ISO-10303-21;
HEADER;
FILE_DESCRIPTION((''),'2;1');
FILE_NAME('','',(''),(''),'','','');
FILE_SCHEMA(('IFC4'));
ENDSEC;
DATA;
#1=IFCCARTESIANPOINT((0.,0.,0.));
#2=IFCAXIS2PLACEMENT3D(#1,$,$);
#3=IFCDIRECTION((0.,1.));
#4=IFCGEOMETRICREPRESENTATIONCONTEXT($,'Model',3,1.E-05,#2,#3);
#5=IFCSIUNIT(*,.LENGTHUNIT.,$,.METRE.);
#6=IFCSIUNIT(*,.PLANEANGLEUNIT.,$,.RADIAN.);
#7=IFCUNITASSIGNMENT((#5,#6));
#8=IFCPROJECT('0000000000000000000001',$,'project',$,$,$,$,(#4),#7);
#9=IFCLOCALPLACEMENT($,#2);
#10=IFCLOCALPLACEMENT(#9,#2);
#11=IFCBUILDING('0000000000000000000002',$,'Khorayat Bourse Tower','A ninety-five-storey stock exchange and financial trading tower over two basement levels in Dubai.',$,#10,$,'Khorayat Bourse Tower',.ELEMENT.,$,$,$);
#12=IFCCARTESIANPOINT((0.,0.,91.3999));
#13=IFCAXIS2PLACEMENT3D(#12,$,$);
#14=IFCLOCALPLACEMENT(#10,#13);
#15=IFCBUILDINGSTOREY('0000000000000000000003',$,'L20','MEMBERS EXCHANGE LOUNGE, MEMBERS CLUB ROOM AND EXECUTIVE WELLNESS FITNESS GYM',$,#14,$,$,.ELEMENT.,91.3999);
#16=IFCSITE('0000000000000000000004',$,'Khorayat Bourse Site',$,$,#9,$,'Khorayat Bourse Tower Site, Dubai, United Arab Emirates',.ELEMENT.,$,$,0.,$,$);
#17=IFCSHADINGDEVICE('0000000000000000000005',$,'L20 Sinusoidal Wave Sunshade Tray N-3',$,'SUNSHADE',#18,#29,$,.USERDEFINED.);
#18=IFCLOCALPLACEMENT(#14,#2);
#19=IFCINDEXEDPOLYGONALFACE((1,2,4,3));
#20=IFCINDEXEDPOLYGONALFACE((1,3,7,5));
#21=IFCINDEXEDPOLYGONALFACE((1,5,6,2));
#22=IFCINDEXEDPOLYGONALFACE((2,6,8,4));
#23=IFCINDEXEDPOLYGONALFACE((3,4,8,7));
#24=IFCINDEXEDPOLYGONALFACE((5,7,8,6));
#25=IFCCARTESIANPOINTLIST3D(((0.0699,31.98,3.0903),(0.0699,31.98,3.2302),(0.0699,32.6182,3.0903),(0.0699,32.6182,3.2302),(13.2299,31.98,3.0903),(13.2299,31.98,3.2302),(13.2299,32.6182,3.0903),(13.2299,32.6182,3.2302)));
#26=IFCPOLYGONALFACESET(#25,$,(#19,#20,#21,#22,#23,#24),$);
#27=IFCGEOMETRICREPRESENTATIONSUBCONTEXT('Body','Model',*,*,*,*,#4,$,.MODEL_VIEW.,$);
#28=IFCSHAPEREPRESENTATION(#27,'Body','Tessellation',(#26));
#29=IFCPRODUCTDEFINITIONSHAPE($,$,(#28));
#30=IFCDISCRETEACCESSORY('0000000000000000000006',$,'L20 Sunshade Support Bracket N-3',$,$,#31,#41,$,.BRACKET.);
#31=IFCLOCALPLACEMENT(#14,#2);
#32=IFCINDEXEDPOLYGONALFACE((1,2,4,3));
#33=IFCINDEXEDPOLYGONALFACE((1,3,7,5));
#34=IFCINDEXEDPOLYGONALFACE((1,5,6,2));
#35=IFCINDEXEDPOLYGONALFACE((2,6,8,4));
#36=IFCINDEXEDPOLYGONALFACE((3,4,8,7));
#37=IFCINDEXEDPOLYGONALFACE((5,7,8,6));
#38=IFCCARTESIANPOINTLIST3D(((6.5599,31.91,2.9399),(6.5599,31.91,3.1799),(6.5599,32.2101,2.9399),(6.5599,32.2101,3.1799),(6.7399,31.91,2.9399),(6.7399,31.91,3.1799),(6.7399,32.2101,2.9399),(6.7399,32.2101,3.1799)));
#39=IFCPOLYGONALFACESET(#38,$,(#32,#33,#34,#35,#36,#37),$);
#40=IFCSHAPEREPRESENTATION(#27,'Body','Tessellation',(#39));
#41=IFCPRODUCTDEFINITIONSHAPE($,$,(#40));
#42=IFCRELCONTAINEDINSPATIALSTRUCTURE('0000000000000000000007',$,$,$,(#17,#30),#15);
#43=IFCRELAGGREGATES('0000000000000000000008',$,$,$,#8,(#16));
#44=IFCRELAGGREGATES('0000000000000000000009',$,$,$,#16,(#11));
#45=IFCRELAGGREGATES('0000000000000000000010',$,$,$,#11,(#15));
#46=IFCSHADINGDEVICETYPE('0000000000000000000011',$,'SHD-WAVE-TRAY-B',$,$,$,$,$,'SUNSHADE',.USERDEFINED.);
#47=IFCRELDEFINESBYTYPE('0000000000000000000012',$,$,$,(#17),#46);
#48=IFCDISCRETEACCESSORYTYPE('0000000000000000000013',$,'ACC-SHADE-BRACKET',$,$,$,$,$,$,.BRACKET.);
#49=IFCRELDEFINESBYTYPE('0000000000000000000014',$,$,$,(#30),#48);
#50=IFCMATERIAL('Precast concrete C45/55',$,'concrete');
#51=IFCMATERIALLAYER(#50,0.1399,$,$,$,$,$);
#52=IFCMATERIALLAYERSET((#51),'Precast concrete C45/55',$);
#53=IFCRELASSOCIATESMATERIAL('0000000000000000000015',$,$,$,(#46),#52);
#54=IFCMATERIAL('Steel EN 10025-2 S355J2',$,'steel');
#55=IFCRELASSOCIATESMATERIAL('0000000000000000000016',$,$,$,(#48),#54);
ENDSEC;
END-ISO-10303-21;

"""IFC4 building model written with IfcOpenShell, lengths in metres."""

from ifc_helpers import new_model, si_unit, direction, frame, origin, origin_2d, place, context, subcontext, project, spatial, rectangle, extrude, source, transform, mapped, material, layer, layer_set, type_object, element, save


model = new_model("IFC4")

# Units and contexts
model_context = context("Model", 3, precision=1e-05, world=origin(), true_north=direction((0.0, 1.0)))
body_context = subcontext(model_context, "Body", "Model", "MODEL_VIEW")
ifc_project = project(units=[si_unit("LENGTHUNIT", "METRE"), si_unit("PLANEANGLEUNIT", "RADIAN")], contexts=[model_context])

# Site, building, storey
site_placement = place(None, origin())
site = spatial("IfcSite", under=ifc_project, at=site_placement, Name="Khorayat Bourse Site", LongName="Khorayat Bourse Tower Site, Dubai, United Arab Emirates", CompositionType="ELEMENT", RefElevation=0.0)
building_placement = place(site_placement, origin())
building = spatial("IfcBuilding", under=site, at=building_placement, Name="Khorayat Bourse Tower", Description="A ninety-five-storey stock exchange and financial trading tower over two basement levels in Dubai.", LongName="Khorayat Bourse Tower", CompositionType="ELEMENT")
storey_placement = place(building_placement, frame((0.0, 0.0, 91.3999)))
storey = spatial("IfcBuildingStorey", under=building, at=storey_placement, Name="L20", Description="MEMBERS EXCHANGE LOUNGE, MEMBERS CLUB ROOM AND EXECUTIVE WELLNESS FITNESS GYM", CompositionType="ELEMENT", Elevation=91.3999)

# Shared definitions
ifc_material_1 = material(Name="Steel EN 10025-2 S355J2", Category="steel")

# Shading device
ifc_material_2 = material(Name="Precast concrete C45/55", Category="concrete")
ifc_layer_1 = layer(ifc_material_2, 0.1399)
ifc_layer_set_1 = layer_set([ifc_layer_1], Name="Precast concrete C45/55")
shading_device_type = type_object("IfcShadingDeviceType", Name="SHD-WAVE-TRAY-B", ElementType="SUNSHADE", PredefinedType="USERDEFINED", material=ifc_layer_set_1)
shared_shape_1 = source(origin(), body_context, "Body", "SweptSolid", [
    extrude(rectangle(XDim=13.1599, YDim=0.6382, at=origin_2d()), origin(), (0.0, 0.0, 1.0), 0.1399),
])
shading_device_placement = place(storey_placement, frame((6.6499, 32.2991, 3.0903), z_axis=(0.0, 0.0, 1.0), x_axis=(1.0, 0.0, 0.0)))
element("IfcShadingDevice", 1, at=shading_device_placement, inside=storey, type_object=shading_device_type, Name="L20 Sinusoidal Wave Sunshade Tray N-3", ObjectType="SUNSHADE", PredefinedType="USERDEFINED", context=body_context, shape_type="MappedRepresentation", body=[
    mapped(shared_shape_1, transform((0.0, 0.0, 0.0), scale=1.0)),
])

# Discrete accessory
discrete_accessory_type = type_object("IfcDiscreteAccessoryType", Name="ACC-SHADE-BRACKET", PredefinedType="BRACKET", material=ifc_material_1)
shared_shape_2 = source(origin(), body_context, "Body", "SweptSolid", [
    extrude(rectangle(XDim=0.1799, YDim=0.3, at=origin_2d()), origin(), (0.0, 0.0, 1.0), 0.24),
])
discrete_accessory_placement = place(storey_placement, frame((6.6499, 32.0601, 2.9399), z_axis=(0.0, 0.0, 1.0), x_axis=(1.0, 0.0, 0.0)))
element("IfcDiscreteAccessory", 2, at=discrete_accessory_placement, inside=storey, type_object=discrete_accessory_type, Name="L20 Sunshade Support Bracket N-3", PredefinedType="BRACKET", context=body_context, shape_type="MappedRepresentation", body=[
    mapped(shared_shape_2, transform((0.0, 0.0, 0.0), scale=1.0)),
])

save(model, "model.ifc")
